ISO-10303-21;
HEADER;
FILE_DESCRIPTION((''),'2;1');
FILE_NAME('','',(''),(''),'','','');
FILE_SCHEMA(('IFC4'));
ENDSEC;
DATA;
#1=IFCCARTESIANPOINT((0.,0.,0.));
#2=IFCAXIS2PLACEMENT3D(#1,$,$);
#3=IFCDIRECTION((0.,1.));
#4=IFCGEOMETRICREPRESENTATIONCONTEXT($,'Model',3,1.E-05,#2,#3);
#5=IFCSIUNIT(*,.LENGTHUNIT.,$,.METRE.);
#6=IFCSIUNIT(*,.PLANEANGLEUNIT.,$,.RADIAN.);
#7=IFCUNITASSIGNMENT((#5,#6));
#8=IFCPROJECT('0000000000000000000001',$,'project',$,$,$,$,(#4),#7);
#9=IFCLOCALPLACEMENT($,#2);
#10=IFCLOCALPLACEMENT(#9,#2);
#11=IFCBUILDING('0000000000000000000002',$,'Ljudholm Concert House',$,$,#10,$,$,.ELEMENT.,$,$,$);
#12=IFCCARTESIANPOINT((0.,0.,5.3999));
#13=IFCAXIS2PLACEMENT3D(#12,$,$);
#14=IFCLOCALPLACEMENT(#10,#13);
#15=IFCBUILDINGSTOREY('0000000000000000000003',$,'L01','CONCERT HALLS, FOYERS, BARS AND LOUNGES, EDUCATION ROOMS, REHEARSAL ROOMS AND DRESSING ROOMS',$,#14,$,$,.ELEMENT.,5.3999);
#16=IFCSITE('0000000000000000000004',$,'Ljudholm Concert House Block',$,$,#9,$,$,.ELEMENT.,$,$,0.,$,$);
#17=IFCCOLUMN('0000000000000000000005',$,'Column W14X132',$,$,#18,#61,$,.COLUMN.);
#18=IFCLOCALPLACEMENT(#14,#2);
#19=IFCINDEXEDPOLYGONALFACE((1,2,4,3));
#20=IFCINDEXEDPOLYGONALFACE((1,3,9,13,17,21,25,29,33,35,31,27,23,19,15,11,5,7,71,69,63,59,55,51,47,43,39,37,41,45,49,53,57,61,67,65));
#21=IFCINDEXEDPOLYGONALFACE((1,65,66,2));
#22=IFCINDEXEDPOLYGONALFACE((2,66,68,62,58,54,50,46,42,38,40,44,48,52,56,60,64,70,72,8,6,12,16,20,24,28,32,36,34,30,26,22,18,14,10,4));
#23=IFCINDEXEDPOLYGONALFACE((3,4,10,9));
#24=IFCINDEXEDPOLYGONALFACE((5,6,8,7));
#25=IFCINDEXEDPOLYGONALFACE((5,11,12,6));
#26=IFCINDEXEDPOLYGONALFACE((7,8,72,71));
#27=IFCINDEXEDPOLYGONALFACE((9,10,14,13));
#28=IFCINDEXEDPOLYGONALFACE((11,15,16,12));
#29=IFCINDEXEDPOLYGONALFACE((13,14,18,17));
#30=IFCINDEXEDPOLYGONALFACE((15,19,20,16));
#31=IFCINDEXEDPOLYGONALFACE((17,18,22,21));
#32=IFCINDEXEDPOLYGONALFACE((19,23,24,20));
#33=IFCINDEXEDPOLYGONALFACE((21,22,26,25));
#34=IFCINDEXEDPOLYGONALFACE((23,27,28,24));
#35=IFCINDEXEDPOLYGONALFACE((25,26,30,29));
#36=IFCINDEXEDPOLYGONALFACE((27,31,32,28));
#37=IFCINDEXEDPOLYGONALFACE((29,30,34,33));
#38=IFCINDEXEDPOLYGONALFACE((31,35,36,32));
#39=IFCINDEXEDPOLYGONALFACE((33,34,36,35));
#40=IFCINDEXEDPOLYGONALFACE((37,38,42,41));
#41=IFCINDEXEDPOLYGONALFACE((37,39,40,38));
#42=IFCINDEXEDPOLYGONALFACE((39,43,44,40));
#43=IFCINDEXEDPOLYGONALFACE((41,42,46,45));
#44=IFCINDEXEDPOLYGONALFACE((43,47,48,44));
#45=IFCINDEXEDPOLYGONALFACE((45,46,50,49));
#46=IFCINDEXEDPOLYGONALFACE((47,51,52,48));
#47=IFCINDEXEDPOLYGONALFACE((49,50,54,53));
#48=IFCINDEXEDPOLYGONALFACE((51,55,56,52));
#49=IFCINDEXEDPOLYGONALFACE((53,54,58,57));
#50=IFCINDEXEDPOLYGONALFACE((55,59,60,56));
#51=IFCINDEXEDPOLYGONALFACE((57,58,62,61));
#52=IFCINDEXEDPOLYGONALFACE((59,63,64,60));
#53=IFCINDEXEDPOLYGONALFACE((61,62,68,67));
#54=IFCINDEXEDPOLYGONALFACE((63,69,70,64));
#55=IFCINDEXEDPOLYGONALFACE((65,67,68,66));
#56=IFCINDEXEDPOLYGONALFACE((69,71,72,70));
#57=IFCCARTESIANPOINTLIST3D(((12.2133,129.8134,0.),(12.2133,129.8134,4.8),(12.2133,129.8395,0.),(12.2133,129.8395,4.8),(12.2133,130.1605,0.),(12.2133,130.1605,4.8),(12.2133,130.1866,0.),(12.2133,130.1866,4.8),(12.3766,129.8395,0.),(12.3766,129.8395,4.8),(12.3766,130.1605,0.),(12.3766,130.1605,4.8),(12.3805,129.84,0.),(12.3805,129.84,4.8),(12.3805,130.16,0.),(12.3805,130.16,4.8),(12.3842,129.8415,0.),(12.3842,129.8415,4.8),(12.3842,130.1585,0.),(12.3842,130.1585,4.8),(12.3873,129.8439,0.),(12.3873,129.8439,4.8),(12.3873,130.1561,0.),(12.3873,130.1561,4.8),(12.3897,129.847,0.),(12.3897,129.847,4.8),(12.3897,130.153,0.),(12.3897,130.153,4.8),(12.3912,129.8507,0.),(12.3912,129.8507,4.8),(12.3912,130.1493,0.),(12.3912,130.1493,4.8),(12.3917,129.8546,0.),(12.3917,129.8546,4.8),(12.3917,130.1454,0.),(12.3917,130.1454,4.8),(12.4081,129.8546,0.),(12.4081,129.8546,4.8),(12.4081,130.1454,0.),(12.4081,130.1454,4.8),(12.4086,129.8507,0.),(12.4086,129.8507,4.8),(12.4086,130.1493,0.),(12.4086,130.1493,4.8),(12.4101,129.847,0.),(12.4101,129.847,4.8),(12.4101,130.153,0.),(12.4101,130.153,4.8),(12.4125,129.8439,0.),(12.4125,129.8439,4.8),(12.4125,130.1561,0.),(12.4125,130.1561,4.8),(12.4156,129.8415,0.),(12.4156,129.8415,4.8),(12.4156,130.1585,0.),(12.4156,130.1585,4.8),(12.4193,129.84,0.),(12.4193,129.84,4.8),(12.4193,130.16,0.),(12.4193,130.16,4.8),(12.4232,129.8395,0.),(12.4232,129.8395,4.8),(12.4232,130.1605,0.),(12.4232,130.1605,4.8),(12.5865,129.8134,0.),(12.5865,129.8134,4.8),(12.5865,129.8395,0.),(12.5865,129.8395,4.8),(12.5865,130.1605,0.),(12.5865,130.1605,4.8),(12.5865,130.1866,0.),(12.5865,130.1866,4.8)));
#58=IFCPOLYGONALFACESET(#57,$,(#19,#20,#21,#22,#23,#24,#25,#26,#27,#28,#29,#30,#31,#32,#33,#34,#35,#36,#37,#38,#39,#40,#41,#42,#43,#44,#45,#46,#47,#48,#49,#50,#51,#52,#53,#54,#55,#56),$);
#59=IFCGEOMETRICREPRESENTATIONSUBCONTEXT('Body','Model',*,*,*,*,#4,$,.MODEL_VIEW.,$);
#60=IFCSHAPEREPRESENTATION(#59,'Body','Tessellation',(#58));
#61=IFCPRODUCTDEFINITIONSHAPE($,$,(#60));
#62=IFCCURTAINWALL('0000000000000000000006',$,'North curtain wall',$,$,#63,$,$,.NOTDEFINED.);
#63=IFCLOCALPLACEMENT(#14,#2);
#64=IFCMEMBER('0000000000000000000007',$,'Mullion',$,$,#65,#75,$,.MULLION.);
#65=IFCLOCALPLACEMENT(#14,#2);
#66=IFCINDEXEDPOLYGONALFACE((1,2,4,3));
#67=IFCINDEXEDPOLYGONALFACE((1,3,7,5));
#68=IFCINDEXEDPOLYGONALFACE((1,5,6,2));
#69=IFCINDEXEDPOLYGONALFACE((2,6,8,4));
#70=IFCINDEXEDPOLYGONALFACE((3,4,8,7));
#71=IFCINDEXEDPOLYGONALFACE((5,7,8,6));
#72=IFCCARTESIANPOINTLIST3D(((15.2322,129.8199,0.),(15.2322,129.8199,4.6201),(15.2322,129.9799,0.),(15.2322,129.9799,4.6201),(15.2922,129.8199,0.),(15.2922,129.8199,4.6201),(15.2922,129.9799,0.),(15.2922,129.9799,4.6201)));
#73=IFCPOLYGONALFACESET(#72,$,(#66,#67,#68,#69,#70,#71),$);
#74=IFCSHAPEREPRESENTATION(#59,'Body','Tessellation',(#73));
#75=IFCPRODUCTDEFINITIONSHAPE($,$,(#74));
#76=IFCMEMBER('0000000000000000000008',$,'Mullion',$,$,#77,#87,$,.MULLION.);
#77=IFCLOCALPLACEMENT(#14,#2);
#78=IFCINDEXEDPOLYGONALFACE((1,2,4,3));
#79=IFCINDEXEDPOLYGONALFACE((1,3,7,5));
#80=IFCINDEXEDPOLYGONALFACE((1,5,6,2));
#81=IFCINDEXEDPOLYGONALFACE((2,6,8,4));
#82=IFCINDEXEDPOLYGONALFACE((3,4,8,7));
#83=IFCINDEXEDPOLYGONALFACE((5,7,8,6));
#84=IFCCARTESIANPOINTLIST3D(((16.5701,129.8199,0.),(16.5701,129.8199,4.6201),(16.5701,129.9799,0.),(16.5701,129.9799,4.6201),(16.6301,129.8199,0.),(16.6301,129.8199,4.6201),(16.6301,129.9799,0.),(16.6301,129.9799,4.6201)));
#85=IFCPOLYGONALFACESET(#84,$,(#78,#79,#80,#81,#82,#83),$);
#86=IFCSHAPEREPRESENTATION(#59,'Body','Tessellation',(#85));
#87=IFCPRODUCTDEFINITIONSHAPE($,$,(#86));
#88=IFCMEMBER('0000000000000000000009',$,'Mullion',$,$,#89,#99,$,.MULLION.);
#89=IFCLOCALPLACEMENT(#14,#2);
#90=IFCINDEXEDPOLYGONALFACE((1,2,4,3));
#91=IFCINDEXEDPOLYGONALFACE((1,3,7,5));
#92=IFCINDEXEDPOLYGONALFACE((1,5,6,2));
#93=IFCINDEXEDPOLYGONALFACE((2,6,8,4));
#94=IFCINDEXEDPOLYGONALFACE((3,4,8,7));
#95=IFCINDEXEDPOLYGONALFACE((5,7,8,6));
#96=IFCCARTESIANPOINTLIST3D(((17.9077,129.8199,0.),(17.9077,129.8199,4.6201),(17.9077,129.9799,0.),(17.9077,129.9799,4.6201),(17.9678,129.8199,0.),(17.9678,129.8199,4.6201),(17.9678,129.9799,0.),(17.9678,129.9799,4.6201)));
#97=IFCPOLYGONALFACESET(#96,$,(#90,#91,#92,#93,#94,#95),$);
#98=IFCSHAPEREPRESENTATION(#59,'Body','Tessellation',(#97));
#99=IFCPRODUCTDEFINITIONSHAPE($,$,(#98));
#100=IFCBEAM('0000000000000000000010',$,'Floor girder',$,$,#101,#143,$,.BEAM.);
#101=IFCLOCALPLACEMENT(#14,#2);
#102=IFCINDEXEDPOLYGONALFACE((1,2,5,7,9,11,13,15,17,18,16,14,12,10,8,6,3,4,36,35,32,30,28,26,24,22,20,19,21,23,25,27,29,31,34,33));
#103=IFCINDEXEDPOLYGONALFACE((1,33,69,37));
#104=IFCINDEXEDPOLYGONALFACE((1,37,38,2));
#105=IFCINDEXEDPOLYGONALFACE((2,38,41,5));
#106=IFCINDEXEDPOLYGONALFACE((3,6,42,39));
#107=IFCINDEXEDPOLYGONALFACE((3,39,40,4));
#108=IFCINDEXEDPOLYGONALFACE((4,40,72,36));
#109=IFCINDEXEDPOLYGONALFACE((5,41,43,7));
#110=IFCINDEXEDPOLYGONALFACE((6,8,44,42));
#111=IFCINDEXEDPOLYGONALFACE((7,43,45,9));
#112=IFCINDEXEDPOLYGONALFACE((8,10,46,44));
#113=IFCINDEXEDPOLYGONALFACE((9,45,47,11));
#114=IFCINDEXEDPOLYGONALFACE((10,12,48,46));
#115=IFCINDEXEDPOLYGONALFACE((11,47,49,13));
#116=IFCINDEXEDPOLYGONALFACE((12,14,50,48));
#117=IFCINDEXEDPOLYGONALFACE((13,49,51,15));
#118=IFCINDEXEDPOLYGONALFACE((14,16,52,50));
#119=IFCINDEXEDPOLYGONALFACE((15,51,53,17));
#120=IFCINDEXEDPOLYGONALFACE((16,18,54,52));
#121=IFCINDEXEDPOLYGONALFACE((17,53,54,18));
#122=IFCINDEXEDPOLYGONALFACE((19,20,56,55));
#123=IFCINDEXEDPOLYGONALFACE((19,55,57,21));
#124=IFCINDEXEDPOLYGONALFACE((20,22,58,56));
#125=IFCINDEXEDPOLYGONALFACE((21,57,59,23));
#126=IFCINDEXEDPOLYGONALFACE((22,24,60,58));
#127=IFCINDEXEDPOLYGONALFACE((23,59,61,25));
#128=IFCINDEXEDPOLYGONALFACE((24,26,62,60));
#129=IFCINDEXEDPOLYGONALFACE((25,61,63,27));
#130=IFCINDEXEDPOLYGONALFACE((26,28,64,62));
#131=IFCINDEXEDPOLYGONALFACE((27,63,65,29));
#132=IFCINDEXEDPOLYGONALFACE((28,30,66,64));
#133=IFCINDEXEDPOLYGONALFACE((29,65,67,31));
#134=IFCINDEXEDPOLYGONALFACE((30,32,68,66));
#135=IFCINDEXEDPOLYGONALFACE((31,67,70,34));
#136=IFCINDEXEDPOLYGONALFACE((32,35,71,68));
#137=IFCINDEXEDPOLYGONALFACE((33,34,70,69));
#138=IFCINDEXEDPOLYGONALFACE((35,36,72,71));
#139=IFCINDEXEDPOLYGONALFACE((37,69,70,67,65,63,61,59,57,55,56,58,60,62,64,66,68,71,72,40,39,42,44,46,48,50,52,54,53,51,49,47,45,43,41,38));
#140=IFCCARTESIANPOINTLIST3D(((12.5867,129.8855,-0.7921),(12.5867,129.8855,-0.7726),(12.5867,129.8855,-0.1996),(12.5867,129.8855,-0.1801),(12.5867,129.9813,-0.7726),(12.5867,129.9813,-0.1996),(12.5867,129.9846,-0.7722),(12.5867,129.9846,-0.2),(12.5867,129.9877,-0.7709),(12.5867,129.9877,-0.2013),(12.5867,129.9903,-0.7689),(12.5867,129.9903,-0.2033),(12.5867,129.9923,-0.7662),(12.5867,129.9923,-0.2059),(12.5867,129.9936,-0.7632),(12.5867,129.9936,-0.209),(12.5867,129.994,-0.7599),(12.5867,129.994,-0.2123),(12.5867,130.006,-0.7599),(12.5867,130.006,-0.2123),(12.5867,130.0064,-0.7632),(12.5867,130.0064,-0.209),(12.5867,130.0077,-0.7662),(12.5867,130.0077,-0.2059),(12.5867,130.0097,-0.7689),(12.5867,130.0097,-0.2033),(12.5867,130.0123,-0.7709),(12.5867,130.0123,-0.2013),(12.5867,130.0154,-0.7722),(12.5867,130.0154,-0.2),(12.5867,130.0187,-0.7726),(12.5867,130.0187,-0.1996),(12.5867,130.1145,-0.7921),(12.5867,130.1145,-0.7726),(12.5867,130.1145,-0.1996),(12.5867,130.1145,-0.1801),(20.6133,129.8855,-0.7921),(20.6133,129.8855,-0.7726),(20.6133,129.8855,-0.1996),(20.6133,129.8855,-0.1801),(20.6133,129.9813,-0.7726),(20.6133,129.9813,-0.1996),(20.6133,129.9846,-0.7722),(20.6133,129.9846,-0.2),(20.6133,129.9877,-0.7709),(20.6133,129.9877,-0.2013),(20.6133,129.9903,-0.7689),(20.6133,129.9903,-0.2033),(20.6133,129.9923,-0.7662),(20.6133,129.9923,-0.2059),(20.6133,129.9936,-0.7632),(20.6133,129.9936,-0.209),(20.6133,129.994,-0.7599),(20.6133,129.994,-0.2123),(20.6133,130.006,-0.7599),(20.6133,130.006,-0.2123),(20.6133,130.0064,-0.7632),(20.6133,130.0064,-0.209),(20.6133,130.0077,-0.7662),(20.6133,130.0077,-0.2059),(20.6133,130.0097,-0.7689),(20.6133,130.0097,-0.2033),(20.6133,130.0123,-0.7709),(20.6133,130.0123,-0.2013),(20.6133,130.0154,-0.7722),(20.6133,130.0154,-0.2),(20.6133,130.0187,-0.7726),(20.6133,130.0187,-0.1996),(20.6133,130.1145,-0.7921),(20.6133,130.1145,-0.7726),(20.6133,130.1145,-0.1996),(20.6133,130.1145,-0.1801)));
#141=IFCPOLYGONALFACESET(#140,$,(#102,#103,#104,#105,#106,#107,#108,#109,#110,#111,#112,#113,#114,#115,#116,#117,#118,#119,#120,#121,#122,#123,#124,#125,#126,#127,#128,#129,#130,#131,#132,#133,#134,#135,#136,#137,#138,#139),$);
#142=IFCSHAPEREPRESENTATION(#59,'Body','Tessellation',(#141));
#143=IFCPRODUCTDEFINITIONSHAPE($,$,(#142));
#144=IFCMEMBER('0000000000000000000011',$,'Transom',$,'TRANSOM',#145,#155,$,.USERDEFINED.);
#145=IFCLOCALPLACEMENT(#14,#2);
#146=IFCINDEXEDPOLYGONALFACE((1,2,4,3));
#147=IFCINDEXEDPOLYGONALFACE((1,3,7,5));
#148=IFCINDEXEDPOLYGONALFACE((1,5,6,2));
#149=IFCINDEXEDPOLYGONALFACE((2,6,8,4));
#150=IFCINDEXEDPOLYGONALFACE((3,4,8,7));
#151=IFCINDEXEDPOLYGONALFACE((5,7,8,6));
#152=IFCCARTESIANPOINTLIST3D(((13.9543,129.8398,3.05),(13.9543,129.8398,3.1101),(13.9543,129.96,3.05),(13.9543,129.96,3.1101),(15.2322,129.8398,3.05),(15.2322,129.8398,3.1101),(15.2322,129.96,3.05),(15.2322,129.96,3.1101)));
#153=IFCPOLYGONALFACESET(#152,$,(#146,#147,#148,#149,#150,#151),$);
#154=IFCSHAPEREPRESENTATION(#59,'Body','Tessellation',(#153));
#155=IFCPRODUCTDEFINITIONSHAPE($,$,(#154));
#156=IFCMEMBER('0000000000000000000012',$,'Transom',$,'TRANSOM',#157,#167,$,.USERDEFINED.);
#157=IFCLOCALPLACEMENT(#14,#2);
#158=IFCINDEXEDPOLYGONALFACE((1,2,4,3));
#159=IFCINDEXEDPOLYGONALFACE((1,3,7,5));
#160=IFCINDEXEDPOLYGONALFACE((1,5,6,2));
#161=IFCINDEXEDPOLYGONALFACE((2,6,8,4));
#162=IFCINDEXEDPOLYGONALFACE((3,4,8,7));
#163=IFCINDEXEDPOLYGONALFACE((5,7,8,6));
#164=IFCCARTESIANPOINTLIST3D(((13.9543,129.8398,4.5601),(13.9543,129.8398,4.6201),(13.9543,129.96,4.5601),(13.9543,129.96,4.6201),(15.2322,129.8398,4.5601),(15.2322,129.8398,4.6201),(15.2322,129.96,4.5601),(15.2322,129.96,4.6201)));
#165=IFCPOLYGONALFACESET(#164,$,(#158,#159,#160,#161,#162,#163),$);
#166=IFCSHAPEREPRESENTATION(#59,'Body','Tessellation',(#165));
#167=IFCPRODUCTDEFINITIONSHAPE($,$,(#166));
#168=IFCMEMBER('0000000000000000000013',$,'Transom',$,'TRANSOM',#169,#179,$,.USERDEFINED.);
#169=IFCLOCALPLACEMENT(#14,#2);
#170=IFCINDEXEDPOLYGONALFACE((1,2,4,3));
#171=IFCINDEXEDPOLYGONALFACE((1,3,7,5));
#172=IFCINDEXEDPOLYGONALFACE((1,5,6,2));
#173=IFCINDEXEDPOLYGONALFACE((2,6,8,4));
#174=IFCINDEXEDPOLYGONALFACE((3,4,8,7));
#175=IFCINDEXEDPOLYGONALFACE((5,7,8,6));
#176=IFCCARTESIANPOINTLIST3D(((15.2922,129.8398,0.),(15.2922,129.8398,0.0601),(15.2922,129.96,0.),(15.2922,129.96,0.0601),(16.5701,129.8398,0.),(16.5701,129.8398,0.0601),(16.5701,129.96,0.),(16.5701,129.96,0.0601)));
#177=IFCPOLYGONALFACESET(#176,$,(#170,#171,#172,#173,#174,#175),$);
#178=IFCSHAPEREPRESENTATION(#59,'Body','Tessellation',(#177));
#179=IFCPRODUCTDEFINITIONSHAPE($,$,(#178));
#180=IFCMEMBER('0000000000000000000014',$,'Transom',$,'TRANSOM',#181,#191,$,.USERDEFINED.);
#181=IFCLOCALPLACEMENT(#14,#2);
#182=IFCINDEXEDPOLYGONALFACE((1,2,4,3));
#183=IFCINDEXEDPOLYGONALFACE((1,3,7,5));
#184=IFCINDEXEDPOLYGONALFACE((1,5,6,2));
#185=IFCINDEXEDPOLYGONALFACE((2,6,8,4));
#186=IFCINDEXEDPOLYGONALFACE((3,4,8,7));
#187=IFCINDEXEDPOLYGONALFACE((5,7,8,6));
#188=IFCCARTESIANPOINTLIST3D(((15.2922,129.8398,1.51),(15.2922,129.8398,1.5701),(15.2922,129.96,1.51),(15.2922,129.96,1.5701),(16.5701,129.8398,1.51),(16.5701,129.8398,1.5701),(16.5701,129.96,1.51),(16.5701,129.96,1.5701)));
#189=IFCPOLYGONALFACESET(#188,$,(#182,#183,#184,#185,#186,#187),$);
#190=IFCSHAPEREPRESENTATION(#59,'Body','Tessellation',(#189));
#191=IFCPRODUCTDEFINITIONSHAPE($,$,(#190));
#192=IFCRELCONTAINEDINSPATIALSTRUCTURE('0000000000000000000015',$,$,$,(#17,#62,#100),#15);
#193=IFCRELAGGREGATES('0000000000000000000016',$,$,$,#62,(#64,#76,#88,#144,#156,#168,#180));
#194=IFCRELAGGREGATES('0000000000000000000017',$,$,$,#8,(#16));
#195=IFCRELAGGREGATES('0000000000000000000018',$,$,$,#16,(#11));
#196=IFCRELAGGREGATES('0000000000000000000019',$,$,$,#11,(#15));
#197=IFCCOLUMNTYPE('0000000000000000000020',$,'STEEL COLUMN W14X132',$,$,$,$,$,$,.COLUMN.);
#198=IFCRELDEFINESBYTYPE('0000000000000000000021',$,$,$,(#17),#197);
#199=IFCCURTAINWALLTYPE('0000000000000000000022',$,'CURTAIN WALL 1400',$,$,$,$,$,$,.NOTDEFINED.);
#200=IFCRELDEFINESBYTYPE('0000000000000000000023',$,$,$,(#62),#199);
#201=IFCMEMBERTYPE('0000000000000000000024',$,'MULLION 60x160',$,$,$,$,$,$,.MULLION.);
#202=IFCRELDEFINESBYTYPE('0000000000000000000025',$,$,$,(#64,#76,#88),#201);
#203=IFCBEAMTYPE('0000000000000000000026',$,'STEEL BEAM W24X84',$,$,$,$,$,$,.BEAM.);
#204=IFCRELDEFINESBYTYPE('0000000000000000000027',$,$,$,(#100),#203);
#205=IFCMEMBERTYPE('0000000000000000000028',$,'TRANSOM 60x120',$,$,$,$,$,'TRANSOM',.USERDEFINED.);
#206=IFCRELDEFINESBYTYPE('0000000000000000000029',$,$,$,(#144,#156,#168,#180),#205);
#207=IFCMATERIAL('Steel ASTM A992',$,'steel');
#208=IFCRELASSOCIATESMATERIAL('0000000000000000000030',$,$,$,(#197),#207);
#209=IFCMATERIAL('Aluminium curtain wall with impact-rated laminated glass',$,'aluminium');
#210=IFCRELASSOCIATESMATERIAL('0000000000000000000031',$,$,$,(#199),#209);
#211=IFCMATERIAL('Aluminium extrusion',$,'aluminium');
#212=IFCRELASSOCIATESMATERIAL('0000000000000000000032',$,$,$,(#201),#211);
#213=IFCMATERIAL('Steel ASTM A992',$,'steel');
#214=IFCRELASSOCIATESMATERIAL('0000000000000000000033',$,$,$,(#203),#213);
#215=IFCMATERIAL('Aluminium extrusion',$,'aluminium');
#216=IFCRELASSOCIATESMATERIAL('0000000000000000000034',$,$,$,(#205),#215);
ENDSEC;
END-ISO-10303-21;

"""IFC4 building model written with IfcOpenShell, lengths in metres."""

from ifc_helpers import new_model, si_unit, direction, frame, origin, origin_2d, place, context, subcontext, project, spatial, rectangle, i_section, extrude, material, material_profile, profile_set, type_object, element, aggregate, save


model = new_model("IFC4")

# Units and contexts
model_context = context("Model", 3, precision=1e-05, world=origin(), true_north=direction((0.0, 1.0)))
body_context = subcontext(model_context, "Body", "Model", "MODEL_VIEW")
ifc_project = project(units=[si_unit("LENGTHUNIT", "METRE"), si_unit("PLANEANGLEUNIT", "RADIAN")], contexts=[model_context])

# Site, building, storey
site_placement = place(None, origin())
site = spatial("IfcSite", under=ifc_project, at=site_placement, Name="Ljudholm Concert House Block", CompositionType="ELEMENT", RefElevation=0.0)
building_placement = place(site_placement, origin())
building = spatial("IfcBuilding", under=site, at=building_placement, Name="Ljudholm Concert House", CompositionType="ELEMENT")
storey_placement = place(building_placement, frame((0.0, 0.0, 5.3999)))
storey = spatial("IfcBuildingStorey", under=building, at=storey_placement, Name="L01", Description="CONCERT HALLS, FOYERS, BARS AND LOUNGES, EDUCATION ROOMS, REHEARSAL ROOMS AND DRESSING ROOMS", CompositionType="ELEMENT", Elevation=5.3999)

# Column
ifc_material_1 = material(Name="Steel ASTM A992", Category="steel")
ifc_material_profile_1 = material_profile(ifc_material_1, i_section(OverallWidth=0.3733, OverallDepth=0.3733, WebThickness=0.0164, FlangeThickness=0.0261, FilletRadius=0.0151, at=origin_2d()), Name="W14X132")
ifc_profile_set_1 = profile_set([ifc_material_profile_1], Name="Steel ASTM A992")
column_type = type_object("IfcColumnType", Name="STEEL COLUMN W14X132", PredefinedType="COLUMN", material=ifc_profile_set_1)
column_placement = place(storey_placement, frame((12.3999, 130.0, 0.0), z_axis=(0.0, 0.0, 1.0), x_axis=(1.0, 0.0, 0.0)))
element("IfcColumn", 1, at=column_placement, inside=storey, type_object=column_type, Name="Column W14X132", PredefinedType="COLUMN", context=body_context, shape_type="SweptSolid", body=[
    extrude(i_section(OverallWidth=0.3733, OverallDepth=0.3733, WebThickness=0.0164, FlangeThickness=0.0261, FilletRadius=0.0151, at=origin_2d()), origin(), (0.0, 0.0, 1.0), 4.8),
])

# Curtain wall, members
ifc_material_2 = material(Name="Aluminium curtain wall with impact-rated laminated glass", Category="aluminium")
curtain_wall_type = type_object("IfcCurtainWallType", Name="CURTAIN WALL 1400", PredefinedType="NOTDEFINED", material=ifc_material_2)
curtain_wall_placement = place(storey_placement, origin())
curtain_wall = element("IfcCurtainWall", 2, at=curtain_wall_placement, inside=storey, type_object=curtain_wall_type, Name="North curtain wall", PredefinedType="NOTDEFINED")
ifc_material_3 = material(Name="Aluminium extrusion", Category="aluminium")
ifc_material_profile_2 = material_profile(ifc_material_3, rectangle(XDim=0.1599, YDim=0.0601, at=origin_2d()), Name="MULLION 60x160")
ifc_profile_set_2 = profile_set([ifc_material_profile_2], Name="Aluminium extrusion")
member_type_1 = type_object("IfcMemberType", Name="MULLION 60x160", PredefinedType="MULLION", material=ifc_profile_set_2)
member_1_placement = place(storey_placement, frame((15.2622, 129.8999, 0.0), z_axis=(0.0, 0.0, 1.0), x_axis=(0.0, 1.0, 0.0)))
member_1 = element("IfcMember", 3, at=member_1_placement, type_object=member_type_1, Name="Mullion", PredefinedType="MULLION", context=body_context, shape_type="SweptSolid", body=[
    extrude(rectangle(XDim=0.1599, YDim=0.0601, at=origin_2d()), origin(), (0.0, 0.0, 1.0), 4.6201),
])
member_2_placement = place(storey_placement, frame((16.6001, 129.8999, 0.0), z_axis=(0.0, 0.0, 1.0), x_axis=(0.0, 1.0, 0.0)))
member_2 = element("IfcMember", 4, at=member_2_placement, type_object=member_type_1, Name="Mullion", PredefinedType="MULLION", context=body_context, shape_type="SweptSolid", body=[
    extrude(rectangle(XDim=0.1599, YDim=0.0601, at=origin_2d()), origin(), (0.0, 0.0, 1.0), 4.6201),
])
member_3_placement = place(storey_placement, frame((17.9377, 129.8999, 0.0), z_axis=(0.0, 0.0, 1.0), x_axis=(0.0, 1.0, 0.0)))
member_3 = element("IfcMember", 5, at=member_3_placement, type_object=member_type_1, Name="Mullion", PredefinedType="MULLION", context=body_context, shape_type="SweptSolid", body=[
    extrude(rectangle(XDim=0.1599, YDim=0.0601, at=origin_2d()), origin(), (0.0, 0.0, 1.0), 4.6201),
])

# Beam
ifc_material_4 = material(Name="Steel ASTM A992", Category="steel")
ifc_material_profile_3 = material_profile(ifc_material_4, i_section(OverallWidth=0.229, OverallDepth=0.6121, WebThickness=0.012, FlangeThickness=0.0195, FilletRadius=0.0127, at=origin_2d()), Name="W24X84")
ifc_profile_set_3 = profile_set([ifc_material_profile_3], Name="Steel ASTM A992")
beam_type = type_object("IfcBeamType", Name="STEEL BEAM W24X84", PredefinedType="BEAM", material=ifc_profile_set_3)
beam_placement = place(storey_placement, frame((12.5867, 130.0, -0.4861), z_axis=(1.0, 0.0, 0.0), x_axis=(0.0, 1.0, 0.0)))
element("IfcBeam", 6, at=beam_placement, inside=storey, type_object=beam_type, Name="Floor girder", PredefinedType="BEAM", context=body_context, shape_type="SweptSolid", body=[
    extrude(i_section(OverallWidth=0.229, OverallDepth=0.6121, WebThickness=0.012, FlangeThickness=0.0195, FilletRadius=0.0127, at=origin_2d()), origin(), (0.0, 0.0, 1.0), 8.0266),
])

# Members
ifc_material_5 = material(Name="Aluminium extrusion", Category="aluminium")
ifc_material_profile_4 = material_profile(ifc_material_5, rectangle(XDim=0.1201, YDim=0.0601, at=origin_2d()), Name="TRANSOM 60x120")
ifc_profile_set_4 = profile_set([ifc_material_profile_4], Name="Aluminium extrusion")
member_type_2 = type_object("IfcMemberType", Name="TRANSOM 60x120", ElementType="TRANSOM", PredefinedType="USERDEFINED", material=ifc_profile_set_4)
member_4_placement = place(storey_placement, frame((13.9543, 129.8999, 3.0801), z_axis=(1.0, 0.0, 0.0), x_axis=(0.0, 1.0, 0.0)))
member_4 = element("IfcMember", 7, at=member_4_placement, type_object=member_type_2, Name="Transom", ObjectType="TRANSOM", PredefinedType="USERDEFINED", context=body_context, shape_type="SweptSolid", body=[
    extrude(rectangle(XDim=0.1201, YDim=0.0601, at=origin_2d()), origin(), (0.0, 0.0, 1.0), 1.2778),
])
member_5_placement = place(storey_placement, frame((13.9543, 129.8999, 4.5901), z_axis=(1.0, 0.0, 0.0), x_axis=(0.0, 1.0, 0.0)))
member_5 = element("IfcMember", 8, at=member_5_placement, type_object=member_type_2, Name="Transom", ObjectType="TRANSOM", PredefinedType="USERDEFINED", context=body_context, shape_type="SweptSolid", body=[
    extrude(rectangle(XDim=0.1201, YDim=0.0601, at=origin_2d()), origin(), (0.0, 0.0, 1.0), 1.2778),
])
member_6_placement = place(storey_placement, frame((15.2922, 129.8999, 0.03), z_axis=(1.0, 0.0, 0.0), x_axis=(0.0, 1.0, 0.0)))
member_6 = element("IfcMember", 9, at=member_6_placement, type_object=member_type_2, Name="Transom", ObjectType="TRANSOM", PredefinedType="USERDEFINED", context=body_context, shape_type="SweptSolid", body=[
    extrude(rectangle(XDim=0.1201, YDim=0.0601, at=origin_2d()), origin(), (0.0, 0.0, 1.0), 1.2778),
])
member_7_placement = place(storey_placement, frame((15.2922, 129.8999, 1.54), z_axis=(1.0, 0.0, 0.0), x_axis=(0.0, 1.0, 0.0)))
member_7 = element("IfcMember", 10, at=member_7_placement, type_object=member_type_2, Name="Transom", ObjectType="TRANSOM", PredefinedType="USERDEFINED", context=body_context, shape_type="SweptSolid", body=[
    extrude(rectangle(XDim=0.1201, YDim=0.0601, at=origin_2d()), origin(), (0.0, 0.0, 1.0), 1.2778),
])

aggregate(curtain_wall, [member_1, member_2, member_3, member_4, member_5, member_6, member_7])

save(model, "model.ifc")
